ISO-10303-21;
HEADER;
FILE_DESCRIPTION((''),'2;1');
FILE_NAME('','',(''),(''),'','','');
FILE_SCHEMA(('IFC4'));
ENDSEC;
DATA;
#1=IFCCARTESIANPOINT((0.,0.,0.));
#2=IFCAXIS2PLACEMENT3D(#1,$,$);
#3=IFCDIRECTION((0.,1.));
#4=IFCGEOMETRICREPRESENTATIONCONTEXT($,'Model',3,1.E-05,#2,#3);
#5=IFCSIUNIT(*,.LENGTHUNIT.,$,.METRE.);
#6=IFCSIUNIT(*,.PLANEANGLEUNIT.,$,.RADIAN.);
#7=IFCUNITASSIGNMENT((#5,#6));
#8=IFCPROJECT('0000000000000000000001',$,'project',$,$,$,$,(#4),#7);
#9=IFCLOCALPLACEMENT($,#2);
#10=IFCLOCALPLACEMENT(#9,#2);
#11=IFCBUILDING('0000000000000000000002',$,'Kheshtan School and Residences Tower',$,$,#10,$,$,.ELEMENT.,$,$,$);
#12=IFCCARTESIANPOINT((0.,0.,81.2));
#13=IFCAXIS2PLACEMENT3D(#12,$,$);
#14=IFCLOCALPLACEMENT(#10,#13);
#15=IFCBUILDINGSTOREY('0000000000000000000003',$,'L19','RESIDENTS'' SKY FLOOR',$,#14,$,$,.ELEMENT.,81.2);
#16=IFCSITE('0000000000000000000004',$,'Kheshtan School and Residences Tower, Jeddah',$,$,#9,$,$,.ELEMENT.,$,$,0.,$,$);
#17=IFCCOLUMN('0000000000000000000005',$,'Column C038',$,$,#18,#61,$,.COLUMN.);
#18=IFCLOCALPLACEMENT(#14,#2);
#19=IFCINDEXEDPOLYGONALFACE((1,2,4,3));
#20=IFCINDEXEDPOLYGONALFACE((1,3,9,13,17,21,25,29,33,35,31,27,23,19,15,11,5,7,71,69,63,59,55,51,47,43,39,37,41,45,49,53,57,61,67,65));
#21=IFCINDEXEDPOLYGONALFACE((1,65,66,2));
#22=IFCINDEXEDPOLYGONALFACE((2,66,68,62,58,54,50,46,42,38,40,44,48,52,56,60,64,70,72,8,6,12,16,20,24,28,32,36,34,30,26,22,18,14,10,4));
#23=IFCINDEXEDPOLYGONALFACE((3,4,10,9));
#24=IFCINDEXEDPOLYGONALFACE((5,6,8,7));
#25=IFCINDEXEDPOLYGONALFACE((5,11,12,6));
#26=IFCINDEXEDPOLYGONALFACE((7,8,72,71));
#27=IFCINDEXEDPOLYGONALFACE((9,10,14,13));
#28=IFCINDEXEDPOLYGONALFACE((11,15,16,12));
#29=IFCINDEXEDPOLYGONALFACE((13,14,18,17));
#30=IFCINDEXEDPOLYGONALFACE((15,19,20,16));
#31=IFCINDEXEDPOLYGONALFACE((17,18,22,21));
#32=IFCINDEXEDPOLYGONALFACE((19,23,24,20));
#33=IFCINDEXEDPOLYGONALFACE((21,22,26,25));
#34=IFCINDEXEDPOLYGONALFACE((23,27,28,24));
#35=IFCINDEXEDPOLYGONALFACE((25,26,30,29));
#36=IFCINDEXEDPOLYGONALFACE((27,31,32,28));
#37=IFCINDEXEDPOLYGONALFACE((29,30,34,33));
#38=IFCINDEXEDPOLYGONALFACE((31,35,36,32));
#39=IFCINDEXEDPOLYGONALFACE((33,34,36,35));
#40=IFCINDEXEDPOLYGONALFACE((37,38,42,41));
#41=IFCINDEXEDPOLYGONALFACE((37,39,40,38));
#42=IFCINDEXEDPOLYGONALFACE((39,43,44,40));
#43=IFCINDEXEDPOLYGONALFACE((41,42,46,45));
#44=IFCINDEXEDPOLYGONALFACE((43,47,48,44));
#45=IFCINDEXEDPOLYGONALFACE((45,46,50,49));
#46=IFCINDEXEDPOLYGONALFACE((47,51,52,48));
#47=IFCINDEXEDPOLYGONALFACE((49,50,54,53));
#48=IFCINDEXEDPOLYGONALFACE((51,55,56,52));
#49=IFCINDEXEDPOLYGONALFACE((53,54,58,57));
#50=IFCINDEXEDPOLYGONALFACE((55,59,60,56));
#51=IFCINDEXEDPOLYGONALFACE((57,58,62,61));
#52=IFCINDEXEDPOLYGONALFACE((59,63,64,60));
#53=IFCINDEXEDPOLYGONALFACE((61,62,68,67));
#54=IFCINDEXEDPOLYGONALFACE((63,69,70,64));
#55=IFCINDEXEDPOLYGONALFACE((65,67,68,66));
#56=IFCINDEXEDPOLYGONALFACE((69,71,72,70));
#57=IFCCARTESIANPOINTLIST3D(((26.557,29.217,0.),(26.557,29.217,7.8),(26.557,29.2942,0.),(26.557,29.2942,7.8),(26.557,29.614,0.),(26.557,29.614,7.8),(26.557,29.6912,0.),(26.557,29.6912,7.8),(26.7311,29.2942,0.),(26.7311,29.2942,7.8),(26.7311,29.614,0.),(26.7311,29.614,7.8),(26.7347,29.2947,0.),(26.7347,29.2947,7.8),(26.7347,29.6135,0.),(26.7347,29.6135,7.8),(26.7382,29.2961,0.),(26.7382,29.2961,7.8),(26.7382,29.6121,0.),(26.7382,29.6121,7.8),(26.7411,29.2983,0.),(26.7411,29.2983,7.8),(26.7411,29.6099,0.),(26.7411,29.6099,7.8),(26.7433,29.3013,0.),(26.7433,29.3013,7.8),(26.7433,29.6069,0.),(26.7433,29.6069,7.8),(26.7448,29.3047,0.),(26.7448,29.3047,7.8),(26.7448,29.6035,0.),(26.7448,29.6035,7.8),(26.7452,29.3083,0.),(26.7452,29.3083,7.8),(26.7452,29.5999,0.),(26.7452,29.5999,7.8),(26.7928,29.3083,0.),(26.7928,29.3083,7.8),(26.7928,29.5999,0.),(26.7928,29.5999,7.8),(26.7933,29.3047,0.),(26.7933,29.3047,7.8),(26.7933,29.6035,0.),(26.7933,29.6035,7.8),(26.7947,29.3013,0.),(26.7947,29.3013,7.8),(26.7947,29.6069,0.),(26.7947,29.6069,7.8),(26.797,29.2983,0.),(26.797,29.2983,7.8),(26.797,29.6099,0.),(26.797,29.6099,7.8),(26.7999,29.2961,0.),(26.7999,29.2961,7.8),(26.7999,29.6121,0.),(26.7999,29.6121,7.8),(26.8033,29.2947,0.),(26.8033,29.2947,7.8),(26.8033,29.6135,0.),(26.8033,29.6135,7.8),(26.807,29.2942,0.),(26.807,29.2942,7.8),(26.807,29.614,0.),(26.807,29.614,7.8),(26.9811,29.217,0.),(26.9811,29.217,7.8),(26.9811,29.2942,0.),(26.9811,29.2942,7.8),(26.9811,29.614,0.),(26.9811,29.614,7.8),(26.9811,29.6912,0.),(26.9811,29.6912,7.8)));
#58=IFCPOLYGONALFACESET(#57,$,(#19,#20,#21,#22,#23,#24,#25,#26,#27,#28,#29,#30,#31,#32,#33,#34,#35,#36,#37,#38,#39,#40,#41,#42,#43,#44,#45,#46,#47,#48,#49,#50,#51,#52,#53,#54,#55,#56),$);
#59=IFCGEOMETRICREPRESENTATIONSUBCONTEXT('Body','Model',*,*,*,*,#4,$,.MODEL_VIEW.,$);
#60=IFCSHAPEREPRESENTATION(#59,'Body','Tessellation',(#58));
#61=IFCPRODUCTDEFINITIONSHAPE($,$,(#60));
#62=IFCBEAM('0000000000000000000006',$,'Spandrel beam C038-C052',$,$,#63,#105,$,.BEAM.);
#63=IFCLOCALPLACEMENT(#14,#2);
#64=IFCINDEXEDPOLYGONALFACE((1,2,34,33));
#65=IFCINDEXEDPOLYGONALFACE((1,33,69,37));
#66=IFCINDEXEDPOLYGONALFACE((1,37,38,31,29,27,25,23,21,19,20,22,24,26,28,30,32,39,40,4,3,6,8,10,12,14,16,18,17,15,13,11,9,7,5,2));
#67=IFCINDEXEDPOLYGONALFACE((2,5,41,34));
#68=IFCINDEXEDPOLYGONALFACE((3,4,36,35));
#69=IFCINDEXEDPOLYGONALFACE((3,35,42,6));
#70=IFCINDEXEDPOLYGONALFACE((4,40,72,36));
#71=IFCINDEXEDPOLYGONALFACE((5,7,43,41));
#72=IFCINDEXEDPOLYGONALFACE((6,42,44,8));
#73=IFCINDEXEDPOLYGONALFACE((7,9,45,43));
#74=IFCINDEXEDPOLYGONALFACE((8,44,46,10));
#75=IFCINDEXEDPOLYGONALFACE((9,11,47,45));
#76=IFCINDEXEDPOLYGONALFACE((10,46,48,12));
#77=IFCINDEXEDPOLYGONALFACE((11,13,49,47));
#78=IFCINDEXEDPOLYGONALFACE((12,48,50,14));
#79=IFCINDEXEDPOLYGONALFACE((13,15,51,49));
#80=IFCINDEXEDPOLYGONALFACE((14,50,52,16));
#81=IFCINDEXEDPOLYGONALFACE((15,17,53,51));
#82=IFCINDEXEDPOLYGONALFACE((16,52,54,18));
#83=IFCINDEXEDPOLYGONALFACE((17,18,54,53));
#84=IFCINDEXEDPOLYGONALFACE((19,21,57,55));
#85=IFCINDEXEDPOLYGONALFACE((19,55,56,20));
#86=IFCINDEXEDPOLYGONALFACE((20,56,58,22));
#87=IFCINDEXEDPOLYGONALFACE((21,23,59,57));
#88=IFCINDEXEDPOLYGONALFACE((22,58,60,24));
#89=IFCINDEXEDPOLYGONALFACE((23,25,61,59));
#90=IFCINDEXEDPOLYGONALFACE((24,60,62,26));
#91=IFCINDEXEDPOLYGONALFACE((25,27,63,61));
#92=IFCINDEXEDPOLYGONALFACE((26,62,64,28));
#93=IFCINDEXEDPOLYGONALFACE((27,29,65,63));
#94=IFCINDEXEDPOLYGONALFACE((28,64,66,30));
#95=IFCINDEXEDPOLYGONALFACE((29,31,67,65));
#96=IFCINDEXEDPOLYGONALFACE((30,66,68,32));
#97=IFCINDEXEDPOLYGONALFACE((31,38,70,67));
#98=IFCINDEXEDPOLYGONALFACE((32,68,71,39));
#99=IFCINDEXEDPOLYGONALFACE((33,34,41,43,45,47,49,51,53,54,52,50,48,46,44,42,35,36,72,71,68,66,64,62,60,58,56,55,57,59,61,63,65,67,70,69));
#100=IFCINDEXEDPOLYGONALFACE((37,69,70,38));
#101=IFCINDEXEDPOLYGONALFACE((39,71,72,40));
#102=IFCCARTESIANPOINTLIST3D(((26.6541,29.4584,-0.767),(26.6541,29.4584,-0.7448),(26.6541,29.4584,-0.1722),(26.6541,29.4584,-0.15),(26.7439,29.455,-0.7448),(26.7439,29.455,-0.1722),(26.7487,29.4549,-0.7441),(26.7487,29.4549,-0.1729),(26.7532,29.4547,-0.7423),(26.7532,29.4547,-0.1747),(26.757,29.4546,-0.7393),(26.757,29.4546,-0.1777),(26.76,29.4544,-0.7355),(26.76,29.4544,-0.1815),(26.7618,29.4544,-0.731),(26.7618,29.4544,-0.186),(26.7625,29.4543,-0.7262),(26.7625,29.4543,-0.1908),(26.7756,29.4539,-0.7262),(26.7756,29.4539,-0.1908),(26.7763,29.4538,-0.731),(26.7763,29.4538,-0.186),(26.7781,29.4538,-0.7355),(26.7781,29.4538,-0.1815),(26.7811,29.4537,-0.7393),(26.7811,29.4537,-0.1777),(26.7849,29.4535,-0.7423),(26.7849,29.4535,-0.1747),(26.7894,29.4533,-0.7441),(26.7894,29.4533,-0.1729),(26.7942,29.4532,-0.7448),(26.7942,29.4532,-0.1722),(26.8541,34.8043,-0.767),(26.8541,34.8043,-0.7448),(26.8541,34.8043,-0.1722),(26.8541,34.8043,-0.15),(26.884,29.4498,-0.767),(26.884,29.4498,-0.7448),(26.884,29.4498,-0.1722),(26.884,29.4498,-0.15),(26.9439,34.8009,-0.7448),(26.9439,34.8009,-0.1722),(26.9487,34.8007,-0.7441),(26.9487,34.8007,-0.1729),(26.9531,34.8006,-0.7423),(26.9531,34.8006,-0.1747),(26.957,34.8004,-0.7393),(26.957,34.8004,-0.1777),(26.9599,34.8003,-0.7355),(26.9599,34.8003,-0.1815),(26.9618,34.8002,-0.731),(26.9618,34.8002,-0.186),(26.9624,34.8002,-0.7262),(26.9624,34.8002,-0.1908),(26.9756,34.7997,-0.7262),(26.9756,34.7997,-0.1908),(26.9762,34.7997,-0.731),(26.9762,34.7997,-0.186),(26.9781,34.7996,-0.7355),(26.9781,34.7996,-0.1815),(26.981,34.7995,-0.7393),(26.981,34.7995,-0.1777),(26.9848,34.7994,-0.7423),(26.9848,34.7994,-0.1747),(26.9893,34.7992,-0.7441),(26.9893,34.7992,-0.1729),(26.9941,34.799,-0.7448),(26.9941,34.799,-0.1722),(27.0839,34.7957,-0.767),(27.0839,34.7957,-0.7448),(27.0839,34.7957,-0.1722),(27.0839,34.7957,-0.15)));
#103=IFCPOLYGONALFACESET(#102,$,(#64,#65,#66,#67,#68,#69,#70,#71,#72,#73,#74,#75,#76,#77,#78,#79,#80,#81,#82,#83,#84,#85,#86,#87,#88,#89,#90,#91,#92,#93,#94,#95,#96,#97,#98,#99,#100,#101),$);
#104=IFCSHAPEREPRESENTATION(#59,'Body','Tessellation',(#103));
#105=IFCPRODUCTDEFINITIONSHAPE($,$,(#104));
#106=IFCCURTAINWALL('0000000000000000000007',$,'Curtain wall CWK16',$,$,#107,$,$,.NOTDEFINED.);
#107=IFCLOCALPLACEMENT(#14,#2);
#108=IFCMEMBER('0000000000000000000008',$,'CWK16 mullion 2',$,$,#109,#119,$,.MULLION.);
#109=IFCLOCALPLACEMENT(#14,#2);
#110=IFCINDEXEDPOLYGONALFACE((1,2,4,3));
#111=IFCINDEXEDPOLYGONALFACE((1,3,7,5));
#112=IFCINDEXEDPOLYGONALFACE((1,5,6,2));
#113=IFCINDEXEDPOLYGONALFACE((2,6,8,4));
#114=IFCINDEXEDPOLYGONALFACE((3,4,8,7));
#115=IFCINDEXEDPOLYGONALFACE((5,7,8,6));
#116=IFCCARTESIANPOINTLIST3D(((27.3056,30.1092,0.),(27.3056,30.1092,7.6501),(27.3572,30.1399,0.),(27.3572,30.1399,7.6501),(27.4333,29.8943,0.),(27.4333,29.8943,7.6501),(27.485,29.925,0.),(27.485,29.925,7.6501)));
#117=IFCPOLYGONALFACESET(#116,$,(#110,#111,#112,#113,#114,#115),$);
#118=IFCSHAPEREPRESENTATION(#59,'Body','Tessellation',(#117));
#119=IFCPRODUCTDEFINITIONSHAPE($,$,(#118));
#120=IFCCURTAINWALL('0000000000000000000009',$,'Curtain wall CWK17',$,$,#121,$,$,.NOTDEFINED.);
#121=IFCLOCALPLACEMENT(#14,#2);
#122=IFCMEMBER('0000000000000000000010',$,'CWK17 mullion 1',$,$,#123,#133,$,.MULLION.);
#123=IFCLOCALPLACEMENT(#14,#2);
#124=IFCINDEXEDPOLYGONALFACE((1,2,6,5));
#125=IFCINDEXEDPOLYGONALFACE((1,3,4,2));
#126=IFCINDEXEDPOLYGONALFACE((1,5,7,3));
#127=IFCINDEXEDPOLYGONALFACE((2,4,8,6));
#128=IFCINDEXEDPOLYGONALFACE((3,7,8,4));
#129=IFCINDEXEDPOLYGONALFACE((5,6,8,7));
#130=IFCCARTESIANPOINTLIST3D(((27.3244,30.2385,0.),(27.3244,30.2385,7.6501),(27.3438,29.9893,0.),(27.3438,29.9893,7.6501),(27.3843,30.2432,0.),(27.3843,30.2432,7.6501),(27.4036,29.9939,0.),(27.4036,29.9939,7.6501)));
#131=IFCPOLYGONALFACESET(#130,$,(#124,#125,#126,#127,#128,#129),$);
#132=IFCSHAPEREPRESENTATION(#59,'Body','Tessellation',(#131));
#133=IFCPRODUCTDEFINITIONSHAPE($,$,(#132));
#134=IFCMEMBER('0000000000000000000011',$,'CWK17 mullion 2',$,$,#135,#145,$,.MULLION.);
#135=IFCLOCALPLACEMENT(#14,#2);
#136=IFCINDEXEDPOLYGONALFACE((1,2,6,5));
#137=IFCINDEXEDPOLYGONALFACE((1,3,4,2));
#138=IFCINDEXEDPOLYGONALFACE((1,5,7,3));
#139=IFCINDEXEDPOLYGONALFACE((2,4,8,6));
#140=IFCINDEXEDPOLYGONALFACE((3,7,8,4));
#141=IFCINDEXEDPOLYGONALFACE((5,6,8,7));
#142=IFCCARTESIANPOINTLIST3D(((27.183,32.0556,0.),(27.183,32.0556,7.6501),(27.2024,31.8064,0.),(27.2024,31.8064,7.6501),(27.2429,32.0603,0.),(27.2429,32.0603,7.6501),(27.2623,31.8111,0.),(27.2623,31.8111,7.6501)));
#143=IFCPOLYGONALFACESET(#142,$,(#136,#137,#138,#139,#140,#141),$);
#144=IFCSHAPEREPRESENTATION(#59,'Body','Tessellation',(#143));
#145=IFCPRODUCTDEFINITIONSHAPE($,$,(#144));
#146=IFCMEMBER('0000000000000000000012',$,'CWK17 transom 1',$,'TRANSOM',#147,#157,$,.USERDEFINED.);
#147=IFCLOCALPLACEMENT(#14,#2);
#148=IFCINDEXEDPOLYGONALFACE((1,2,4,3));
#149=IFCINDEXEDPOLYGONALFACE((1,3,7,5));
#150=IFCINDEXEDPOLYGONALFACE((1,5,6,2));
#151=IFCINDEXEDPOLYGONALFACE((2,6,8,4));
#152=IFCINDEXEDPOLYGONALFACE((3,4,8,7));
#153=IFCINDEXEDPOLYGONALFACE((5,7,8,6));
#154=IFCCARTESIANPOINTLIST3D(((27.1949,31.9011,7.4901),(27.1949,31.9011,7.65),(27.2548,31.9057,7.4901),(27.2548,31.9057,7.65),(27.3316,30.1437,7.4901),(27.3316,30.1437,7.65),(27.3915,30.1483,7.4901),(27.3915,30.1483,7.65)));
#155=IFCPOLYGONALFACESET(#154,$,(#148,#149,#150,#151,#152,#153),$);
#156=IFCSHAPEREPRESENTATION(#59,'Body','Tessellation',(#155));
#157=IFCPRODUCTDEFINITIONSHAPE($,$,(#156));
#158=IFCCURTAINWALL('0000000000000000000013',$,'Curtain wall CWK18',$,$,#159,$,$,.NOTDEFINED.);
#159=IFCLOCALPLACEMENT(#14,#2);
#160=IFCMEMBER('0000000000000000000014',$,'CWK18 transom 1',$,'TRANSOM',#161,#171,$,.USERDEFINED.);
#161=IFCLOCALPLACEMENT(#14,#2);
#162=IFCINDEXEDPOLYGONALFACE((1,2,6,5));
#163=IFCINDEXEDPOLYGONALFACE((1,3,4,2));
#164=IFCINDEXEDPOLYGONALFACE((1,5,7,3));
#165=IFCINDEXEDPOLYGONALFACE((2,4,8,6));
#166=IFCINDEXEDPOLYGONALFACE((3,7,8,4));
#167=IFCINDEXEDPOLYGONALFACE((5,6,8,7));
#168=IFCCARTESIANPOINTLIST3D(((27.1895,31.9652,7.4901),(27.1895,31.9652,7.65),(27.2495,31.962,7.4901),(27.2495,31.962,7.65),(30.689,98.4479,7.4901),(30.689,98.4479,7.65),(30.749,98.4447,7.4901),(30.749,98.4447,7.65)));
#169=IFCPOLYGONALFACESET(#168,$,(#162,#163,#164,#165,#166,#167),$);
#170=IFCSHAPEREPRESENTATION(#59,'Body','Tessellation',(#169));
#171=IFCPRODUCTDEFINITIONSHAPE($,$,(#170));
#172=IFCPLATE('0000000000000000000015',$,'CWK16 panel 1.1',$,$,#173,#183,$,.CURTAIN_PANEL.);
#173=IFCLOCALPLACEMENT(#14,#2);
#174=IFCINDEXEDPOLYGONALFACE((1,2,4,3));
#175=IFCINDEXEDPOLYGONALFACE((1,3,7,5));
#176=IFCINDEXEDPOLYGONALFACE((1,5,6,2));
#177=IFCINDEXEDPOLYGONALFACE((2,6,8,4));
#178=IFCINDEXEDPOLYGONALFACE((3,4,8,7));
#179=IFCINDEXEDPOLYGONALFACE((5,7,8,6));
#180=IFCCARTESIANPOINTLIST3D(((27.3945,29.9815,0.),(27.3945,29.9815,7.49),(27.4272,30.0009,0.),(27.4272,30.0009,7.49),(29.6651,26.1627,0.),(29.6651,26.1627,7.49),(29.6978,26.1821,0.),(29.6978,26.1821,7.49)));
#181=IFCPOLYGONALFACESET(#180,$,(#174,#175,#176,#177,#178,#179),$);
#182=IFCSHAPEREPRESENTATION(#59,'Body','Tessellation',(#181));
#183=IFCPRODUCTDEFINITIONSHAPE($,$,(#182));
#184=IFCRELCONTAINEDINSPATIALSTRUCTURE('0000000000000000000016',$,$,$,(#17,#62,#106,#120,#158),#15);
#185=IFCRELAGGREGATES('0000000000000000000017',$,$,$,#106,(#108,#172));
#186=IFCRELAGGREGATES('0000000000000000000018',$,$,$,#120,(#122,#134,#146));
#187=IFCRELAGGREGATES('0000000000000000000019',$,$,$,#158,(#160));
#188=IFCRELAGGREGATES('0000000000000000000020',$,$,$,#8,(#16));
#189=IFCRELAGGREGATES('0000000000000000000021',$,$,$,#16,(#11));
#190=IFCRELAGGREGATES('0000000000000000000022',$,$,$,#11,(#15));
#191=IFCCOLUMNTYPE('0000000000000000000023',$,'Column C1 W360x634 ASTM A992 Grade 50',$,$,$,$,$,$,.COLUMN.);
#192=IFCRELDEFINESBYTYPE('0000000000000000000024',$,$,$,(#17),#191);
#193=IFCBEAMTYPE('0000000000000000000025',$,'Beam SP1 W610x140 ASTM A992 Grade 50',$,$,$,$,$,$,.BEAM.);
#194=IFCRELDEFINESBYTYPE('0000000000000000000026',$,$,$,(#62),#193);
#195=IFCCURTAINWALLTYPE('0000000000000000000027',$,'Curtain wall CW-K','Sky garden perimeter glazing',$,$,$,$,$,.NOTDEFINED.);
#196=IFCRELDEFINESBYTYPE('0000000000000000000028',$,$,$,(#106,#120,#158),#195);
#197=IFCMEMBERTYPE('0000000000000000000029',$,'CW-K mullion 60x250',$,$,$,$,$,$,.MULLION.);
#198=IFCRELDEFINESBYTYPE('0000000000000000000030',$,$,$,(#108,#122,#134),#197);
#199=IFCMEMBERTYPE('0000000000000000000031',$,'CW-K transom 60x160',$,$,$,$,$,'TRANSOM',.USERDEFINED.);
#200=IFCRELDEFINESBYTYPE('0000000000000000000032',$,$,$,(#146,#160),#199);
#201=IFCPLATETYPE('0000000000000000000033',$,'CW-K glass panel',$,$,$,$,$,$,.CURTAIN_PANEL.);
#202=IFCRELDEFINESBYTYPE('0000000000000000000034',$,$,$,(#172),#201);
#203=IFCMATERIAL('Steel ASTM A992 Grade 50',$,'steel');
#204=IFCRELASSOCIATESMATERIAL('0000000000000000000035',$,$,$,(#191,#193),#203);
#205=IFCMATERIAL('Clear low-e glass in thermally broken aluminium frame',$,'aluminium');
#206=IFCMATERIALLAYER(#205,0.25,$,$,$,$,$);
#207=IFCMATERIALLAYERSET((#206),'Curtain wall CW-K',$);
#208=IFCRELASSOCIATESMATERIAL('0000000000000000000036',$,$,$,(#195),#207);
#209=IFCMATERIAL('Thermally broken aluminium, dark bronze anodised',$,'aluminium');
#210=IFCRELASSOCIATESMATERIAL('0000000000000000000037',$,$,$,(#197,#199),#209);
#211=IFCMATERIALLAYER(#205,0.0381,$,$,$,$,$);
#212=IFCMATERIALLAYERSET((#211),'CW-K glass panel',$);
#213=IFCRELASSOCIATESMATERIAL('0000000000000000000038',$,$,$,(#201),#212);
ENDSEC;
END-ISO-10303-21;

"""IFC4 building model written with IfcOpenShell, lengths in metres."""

from ifc_helpers import new_model, si_unit, direction, frame, origin, origin_2d, place, context, subcontext, project, spatial, rectangle, i_section, extrude, material, layer, layer_set, material_profile, profile_set, type_object, element, aggregate, save


model = new_model("IFC4")

# Units and contexts
model_context = context("Model", 3, precision=1e-05, world=origin(), true_north=direction((0.0, 1.0)))
body_context = subcontext(model_context, "Body", "Model", "MODEL_VIEW")
ifc_project = project(units=[si_unit("LENGTHUNIT", "METRE"), si_unit("PLANEANGLEUNIT", "RADIAN")], contexts=[model_context])

# Site, building, storey
site_placement = place(None, origin())
site = spatial("IfcSite", under=ifc_project, at=site_placement, Name="Kheshtan School and Residences Tower, Jeddah", CompositionType="ELEMENT", RefElevation=0.0)
building_placement = place(site_placement, origin())
building = spatial("IfcBuilding", under=site, at=building_placement, Name="Kheshtan School and Residences Tower", CompositionType="ELEMENT")
storey_placement = place(building_placement, frame((0.0, 0.0, 81.2)))
storey = spatial("IfcBuildingStorey", under=building, at=storey_placement, Name="L19", Description="RESIDENTS' SKY FLOOR", CompositionType="ELEMENT", Elevation=81.2)

# Column
ifc_material_1 = material(Name="Steel ASTM A992 Grade 50", Category="steel")
ifc_material_profile_1 = material_profile(ifc_material_1, i_section(OverallWidth=0.4241, OverallDepth=0.4741, WebThickness=0.0476, FlangeThickness=0.0771, FilletRadius=0.0142, at=origin_2d()), Name="W360x634")
ifc_profile_set_1 = profile_set([ifc_material_profile_1], Name="Steel ASTM A992 Grade 50")
column_type = type_object("IfcColumnType", Name="Column C1 W360x634 ASTM A992 Grade 50", PredefinedType="COLUMN", material=ifc_profile_set_1)
column_placement = place(storey_placement, frame((26.769, 29.4541, 0.0), z_axis=(0.0, 0.0, 1.0), x_axis=(1.0, 0.0, 0.0)))
element("IfcColumn", 1, at=column_placement, inside=storey, type_object=column_type, Name="Column C038", PredefinedType="COLUMN", context=body_context, shape_type="SweptSolid", body=[
    extrude(i_section(OverallWidth=0.4241, OverallDepth=0.4741, WebThickness=0.0476, FlangeThickness=0.0771, FilletRadius=0.0142, at=origin_2d()), origin(), (0.0, 0.0, 1.0), 7.8),
])

# Beam
ifc_material_profile_2 = material_profile(ifc_material_1, i_section(OverallWidth=0.23, OverallDepth=0.6169, WebThickness=0.0132, FlangeThickness=0.0222, FilletRadius=0.0186, at=origin_2d()), Name="W610x140")
ifc_profile_set_2 = profile_set([ifc_material_profile_2], Name="Steel ASTM A992 Grade 50")
beam_type = type_object("IfcBeamType", Name="Beam SP1 W610x140 ASTM A992 Grade 50", PredefinedType="BEAM", material=ifc_profile_set_2)
beam_placement = place(storey_placement, frame((26.769, 29.4541, -0.4585), z_axis=(0.037376, 0.999301, 0.0), x_axis=(-0.999301, 0.037376, 0.0)))
element("IfcBeam", 2, at=beam_placement, inside=storey, type_object=beam_type, Name="Spandrel beam C038-C052", PredefinedType="BEAM", context=body_context, shape_type="SweptSolid", body=[
    extrude(i_section(OverallWidth=0.23, OverallDepth=0.6169, WebThickness=0.0132, FlangeThickness=0.0222, FilletRadius=0.0186, at=origin_2d()), origin(), (0.0, 0.0, 1.0), 5.3496),
])

# Curtain wall, member
ifc_material_2 = material(Name="Clear low-e glass in thermally broken aluminium frame", Category="aluminium")
ifc_layer_1 = layer(ifc_material_2, 0.25)
ifc_layer_set_1 = layer_set([ifc_layer_1], Name="Curtain wall CW-K")
curtain_wall_type = type_object("IfcCurtainWallType", Name="Curtain wall CW-K", Description="Sky garden perimeter glazing", PredefinedType="NOTDEFINED", material=ifc_layer_set_1)
curtain_wall_1_placement = place(storey_placement, origin())
curtain_wall_1 = element("IfcCurtainWall", 3, at=curtain_wall_1_placement, inside=storey, type_object=curtain_wall_type, Name="Curtain wall CWK16", PredefinedType="NOTDEFINED")
ifc_material_3 = material(Name="Thermally broken aluminium, dark bronze anodised", Category="aluminium")
ifc_material_profile_3 = material_profile(ifc_material_3, rectangle(XDim=0.0601, YDim=0.25, at=origin_2d()), Name="CW-K mullion 60x250")
ifc_profile_set_3 = profile_set([ifc_material_profile_3], Name="Thermally broken aluminium, dark bronze anodised")
member_type_1 = type_object("IfcMemberType", Name="CW-K mullion 60x250", PredefinedType="MULLION", material=ifc_profile_set_3)
member_1_placement = place(storey_placement, frame((27.3953, 30.0171, 0.0), z_axis=(0.0, 0.0, 1.0), x_axis=(-0.859536, -0.511075, 0.0)))
member_1 = element("IfcMember", 4, at=member_1_placement, type_object=member_type_1, Name="CWK16 mullion 2", PredefinedType="MULLION", context=body_context, shape_type="SweptSolid", body=[
    extrude(rectangle(XDim=0.0601, YDim=0.25, at=origin_2d()), origin(), (0.0, 0.0, 1.0), 7.6501),
])

# Curtain wall, members
curtain_wall_2_placement = place(storey_placement, origin())
curtain_wall_2 = element("IfcCurtainWall", 5, at=curtain_wall_2_placement, inside=storey, type_object=curtain_wall_type, Name="Curtain wall CWK17", PredefinedType="NOTDEFINED")
member_2_placement = place(storey_placement, frame((27.364, 30.1162, 0.0), z_axis=(0.0, 0.0, 1.0), x_axis=(-0.996989, -0.077549, 0.0)))
member_2 = element("IfcMember", 6, at=member_2_placement, type_object=member_type_1, Name="CWK17 mullion 1", PredefinedType="MULLION", context=body_context, shape_type="SweptSolid", body=[
    extrude(rectangle(XDim=0.0601, YDim=0.25, at=origin_2d()), origin(), (0.0, 0.0, 1.0), 7.6501),
])
member_3_placement = place(storey_placement, frame((27.2227, 31.9333, 0.0), z_axis=(0.0, 0.0, 1.0), x_axis=(-0.996989, -0.077549, 0.0)))
member_3 = element("IfcMember", 7, at=member_3_placement, type_object=member_type_1, Name="CWK17 mullion 2", PredefinedType="MULLION", context=body_context, shape_type="SweptSolid", body=[
    extrude(rectangle(XDim=0.0601, YDim=0.25, at=origin_2d()), origin(), (0.0, 0.0, 1.0), 7.6501),
])
ifc_material_profile_4 = material_profile(ifc_material_3, rectangle(XDim=0.0601, YDim=0.1599, at=origin_2d()), Name="CW-K transom 60x160")
ifc_profile_set_4 = profile_set([ifc_material_profile_4], Name="Thermally broken aluminium, dark bronze anodised")
member_type_2 = type_object("IfcMemberType", Name="CW-K transom 60x160", ElementType="TRANSOM", PredefinedType="USERDEFINED", material=ifc_profile_set_4)
member_4_placement = place(storey_placement, frame((27.3616, 30.146, 7.5701), z_axis=(-0.077565, 0.996987, 0.0), x_axis=(-0.996987, -0.077565, 0.0)))
member_4 = element("IfcMember", 8, at=member_4_placement, type_object=member_type_2, Name="CWK17 transom 1", ObjectType="TRANSOM", PredefinedType="USERDEFINED", context=body_context, shape_type="SweptSolid", body=[
    extrude(rectangle(XDim=0.0601, YDim=0.1599, at=origin_2d()), origin(), (0.0, 0.0, 1.0), 1.7627),
])

# Curtain wall, member
curtain_wall_3_placement = place(storey_placement, origin())
curtain_wall_3 = element("IfcCurtainWall", 9, at=curtain_wall_3_placement, inside=storey, type_object=curtain_wall_type, Name="Curtain wall CWK18", PredefinedType="NOTDEFINED")
member_5_placement = place(storey_placement, frame((27.2195, 31.9636, 7.5701), z_axis=(0.052565, 0.998617, 0.0), x_axis=(-0.998617, 0.052565, 0.0)))
member_5 = element("IfcMember", 10, at=member_5_placement, type_object=member_type_2, Name="CWK18 transom 1", ObjectType="TRANSOM", PredefinedType="USERDEFINED", context=body_context, shape_type="SweptSolid", body=[
    extrude(rectangle(XDim=0.0601, YDim=0.1599, at=origin_2d()), origin(), (0.0, 0.0, 1.0), 66.5747),
])

# Plate
ifc_layer_2 = layer(ifc_material_2, 0.0381)
ifc_layer_set_2 = layer_set([ifc_layer_2], Name="CW-K glass panel")
plate_type = type_object("IfcPlateType", Name="CW-K glass panel", PredefinedType="CURTAIN_PANEL", material=ifc_layer_set_2)
plate_1_placement = place(storey_placement, frame((28.5461, 28.0818, 0.0), z_axis=(0.0, 0.0, 1.0), x_axis=(-0.511075, 0.859536, 0.0)))
plate_1 = element("IfcPlate", 11, at=plate_1_placement, type_object=plate_type, Name="CWK16 panel 1.1", PredefinedType="CURTAIN_PANEL", context=body_context, shape_type="SweptSolid", body=[
    extrude(rectangle(XDim=4.4429, YDim=0.0381, at=origin_2d()), origin(), (0.0, 0.0, 1.0), 7.49),
])
aggregate(curtain_wall_1, [member_1, plate_1])
aggregate(curtain_wall_2, [member_2, member_3, member_4])
aggregate(curtain_wall_3, [member_5])

save(model, "model.ifc")
